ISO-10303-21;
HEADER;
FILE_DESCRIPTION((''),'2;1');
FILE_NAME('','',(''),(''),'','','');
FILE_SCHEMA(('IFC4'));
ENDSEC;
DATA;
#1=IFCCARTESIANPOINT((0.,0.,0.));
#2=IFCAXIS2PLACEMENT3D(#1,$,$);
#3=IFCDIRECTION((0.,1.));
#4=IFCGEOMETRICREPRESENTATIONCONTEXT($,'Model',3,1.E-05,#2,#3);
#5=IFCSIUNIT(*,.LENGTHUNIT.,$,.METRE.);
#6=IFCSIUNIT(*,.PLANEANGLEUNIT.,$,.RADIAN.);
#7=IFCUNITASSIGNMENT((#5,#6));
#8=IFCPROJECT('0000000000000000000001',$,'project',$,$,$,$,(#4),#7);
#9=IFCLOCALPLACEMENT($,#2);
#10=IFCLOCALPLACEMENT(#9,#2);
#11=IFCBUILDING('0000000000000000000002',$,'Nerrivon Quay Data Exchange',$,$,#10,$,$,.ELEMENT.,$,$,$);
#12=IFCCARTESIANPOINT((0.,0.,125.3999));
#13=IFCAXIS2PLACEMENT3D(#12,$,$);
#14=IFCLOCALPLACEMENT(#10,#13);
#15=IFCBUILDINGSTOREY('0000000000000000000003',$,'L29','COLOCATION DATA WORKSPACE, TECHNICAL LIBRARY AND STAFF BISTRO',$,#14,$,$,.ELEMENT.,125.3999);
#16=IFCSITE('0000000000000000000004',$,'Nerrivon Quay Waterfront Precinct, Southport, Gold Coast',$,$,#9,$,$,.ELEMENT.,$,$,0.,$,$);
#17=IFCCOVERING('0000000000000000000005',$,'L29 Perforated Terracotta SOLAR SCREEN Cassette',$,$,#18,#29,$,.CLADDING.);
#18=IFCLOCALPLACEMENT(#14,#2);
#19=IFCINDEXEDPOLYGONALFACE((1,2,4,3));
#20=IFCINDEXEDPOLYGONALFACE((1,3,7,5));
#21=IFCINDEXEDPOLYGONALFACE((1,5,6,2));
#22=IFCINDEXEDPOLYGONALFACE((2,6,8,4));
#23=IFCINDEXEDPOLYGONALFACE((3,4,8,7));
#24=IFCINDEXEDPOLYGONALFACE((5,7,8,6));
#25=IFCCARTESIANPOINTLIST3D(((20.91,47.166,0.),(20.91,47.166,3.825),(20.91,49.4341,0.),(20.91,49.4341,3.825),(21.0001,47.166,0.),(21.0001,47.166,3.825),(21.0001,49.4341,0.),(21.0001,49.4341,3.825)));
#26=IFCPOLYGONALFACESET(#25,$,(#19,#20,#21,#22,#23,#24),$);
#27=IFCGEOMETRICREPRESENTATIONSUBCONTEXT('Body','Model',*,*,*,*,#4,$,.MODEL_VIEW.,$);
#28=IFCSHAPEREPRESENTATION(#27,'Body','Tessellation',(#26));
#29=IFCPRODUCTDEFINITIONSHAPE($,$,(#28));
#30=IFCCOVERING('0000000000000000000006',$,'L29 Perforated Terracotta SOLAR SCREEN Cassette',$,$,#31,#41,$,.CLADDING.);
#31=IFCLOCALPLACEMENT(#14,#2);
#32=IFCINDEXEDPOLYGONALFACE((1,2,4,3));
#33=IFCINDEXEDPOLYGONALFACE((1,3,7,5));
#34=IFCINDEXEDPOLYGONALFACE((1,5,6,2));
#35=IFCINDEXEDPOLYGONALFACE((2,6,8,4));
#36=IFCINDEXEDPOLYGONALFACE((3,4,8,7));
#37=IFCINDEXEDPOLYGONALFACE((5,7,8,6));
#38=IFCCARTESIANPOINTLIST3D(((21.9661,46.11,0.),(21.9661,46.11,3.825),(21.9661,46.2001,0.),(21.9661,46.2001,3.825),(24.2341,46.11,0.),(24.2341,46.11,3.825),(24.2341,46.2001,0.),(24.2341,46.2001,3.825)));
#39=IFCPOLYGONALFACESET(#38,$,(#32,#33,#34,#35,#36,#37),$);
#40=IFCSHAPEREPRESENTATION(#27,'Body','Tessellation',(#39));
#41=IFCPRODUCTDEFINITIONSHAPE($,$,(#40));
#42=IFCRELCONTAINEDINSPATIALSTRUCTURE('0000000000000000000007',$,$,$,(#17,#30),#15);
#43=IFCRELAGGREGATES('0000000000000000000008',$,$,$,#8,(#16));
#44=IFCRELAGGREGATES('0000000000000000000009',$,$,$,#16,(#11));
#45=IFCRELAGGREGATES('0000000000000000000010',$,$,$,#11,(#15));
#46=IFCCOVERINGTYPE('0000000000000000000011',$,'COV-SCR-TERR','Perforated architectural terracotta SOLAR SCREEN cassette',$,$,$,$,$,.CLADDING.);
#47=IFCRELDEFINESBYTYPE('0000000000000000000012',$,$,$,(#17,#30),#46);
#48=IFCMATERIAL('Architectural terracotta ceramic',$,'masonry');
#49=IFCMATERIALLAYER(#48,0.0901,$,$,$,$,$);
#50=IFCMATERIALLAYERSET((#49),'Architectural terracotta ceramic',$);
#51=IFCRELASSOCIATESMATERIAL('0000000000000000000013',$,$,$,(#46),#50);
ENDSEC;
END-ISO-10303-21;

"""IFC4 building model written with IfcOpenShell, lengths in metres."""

from ifc_helpers import new_model, si_unit, direction, frame, origin, origin_2d, place, context, subcontext, project, spatial, rectangle, extrude, material, layer, layer_set, type_object, element, save


model = new_model("IFC4")

# Units and contexts
model_context = context("Model", 3, precision=1e-05, world=origin(), true_north=direction((0.0, 1.0)))
body_context = subcontext(model_context, "Body", "Model", "MODEL_VIEW")
ifc_project = project(units=[si_unit("LENGTHUNIT", "METRE"), si_unit("PLANEANGLEUNIT", "RADIAN")], contexts=[model_context])

# Site, building, storey
site_placement = place(None, origin())
site = spatial("IfcSite", under=ifc_project, at=site_placement, Name="Nerrivon Quay Waterfront Precinct, Southport, Gold Coast", CompositionType="ELEMENT", RefElevation=0.0)
building_placement = place(site_placement, origin())
building = spatial("IfcBuilding", under=site, at=building_placement, Name="Nerrivon Quay Data Exchange", CompositionType="ELEMENT")
storey_placement = place(building_placement, frame((0.0, 0.0, 125.3999)))
storey = spatial("IfcBuildingStorey", under=building, at=storey_placement, Name="L29", Description="COLOCATION DATA WORKSPACE, TECHNICAL LIBRARY AND STAFF BISTRO", CompositionType="ELEMENT", Elevation=125.3999)

# Coverings
ifc_material_1 = material(Name="Architectural terracotta ceramic", Category="masonry")
ifc_layer_1 = layer(ifc_material_1, 0.0901)
ifc_layer_set_1 = layer_set([ifc_layer_1], Name="Architectural terracotta ceramic")
covering_type = type_object("IfcCoveringType", Name="COV-SCR-TERR", Description="Perforated architectural terracotta SOLAR SCREEN cassette", PredefinedType="CLADDING", material=ifc_layer_set_1)
for number, where, z_axis, x_axis, name in (
    (1, (20.9551, 48.3, 0.0), (0.0, 0.0, 1.0), (0.0, -1.0, 0.0), "L29 Perforated Terracotta SOLAR SCREEN Cassette"),
    (2, (23.1001, 46.155, 0.0), (0.0, 0.0, 1.0), (1.0, 0.0, 0.0), "L29 Perforated Terracotta SOLAR SCREEN Cassette"),
):
    element("IfcCovering", number, at=place(storey_placement, frame(where, z_axis=z_axis, x_axis=x_axis)), inside=storey, type_object=covering_type, Name=name, PredefinedType="CLADDING", context=body_context, shape_type="SweptSolid", body=[
        extrude(rectangle(XDim=2.2681, YDim=0.0901, at=origin_2d()), origin(), (0.0, 0.0, 1.0), 3.825),
    ])

save(model, "model.ifc")
